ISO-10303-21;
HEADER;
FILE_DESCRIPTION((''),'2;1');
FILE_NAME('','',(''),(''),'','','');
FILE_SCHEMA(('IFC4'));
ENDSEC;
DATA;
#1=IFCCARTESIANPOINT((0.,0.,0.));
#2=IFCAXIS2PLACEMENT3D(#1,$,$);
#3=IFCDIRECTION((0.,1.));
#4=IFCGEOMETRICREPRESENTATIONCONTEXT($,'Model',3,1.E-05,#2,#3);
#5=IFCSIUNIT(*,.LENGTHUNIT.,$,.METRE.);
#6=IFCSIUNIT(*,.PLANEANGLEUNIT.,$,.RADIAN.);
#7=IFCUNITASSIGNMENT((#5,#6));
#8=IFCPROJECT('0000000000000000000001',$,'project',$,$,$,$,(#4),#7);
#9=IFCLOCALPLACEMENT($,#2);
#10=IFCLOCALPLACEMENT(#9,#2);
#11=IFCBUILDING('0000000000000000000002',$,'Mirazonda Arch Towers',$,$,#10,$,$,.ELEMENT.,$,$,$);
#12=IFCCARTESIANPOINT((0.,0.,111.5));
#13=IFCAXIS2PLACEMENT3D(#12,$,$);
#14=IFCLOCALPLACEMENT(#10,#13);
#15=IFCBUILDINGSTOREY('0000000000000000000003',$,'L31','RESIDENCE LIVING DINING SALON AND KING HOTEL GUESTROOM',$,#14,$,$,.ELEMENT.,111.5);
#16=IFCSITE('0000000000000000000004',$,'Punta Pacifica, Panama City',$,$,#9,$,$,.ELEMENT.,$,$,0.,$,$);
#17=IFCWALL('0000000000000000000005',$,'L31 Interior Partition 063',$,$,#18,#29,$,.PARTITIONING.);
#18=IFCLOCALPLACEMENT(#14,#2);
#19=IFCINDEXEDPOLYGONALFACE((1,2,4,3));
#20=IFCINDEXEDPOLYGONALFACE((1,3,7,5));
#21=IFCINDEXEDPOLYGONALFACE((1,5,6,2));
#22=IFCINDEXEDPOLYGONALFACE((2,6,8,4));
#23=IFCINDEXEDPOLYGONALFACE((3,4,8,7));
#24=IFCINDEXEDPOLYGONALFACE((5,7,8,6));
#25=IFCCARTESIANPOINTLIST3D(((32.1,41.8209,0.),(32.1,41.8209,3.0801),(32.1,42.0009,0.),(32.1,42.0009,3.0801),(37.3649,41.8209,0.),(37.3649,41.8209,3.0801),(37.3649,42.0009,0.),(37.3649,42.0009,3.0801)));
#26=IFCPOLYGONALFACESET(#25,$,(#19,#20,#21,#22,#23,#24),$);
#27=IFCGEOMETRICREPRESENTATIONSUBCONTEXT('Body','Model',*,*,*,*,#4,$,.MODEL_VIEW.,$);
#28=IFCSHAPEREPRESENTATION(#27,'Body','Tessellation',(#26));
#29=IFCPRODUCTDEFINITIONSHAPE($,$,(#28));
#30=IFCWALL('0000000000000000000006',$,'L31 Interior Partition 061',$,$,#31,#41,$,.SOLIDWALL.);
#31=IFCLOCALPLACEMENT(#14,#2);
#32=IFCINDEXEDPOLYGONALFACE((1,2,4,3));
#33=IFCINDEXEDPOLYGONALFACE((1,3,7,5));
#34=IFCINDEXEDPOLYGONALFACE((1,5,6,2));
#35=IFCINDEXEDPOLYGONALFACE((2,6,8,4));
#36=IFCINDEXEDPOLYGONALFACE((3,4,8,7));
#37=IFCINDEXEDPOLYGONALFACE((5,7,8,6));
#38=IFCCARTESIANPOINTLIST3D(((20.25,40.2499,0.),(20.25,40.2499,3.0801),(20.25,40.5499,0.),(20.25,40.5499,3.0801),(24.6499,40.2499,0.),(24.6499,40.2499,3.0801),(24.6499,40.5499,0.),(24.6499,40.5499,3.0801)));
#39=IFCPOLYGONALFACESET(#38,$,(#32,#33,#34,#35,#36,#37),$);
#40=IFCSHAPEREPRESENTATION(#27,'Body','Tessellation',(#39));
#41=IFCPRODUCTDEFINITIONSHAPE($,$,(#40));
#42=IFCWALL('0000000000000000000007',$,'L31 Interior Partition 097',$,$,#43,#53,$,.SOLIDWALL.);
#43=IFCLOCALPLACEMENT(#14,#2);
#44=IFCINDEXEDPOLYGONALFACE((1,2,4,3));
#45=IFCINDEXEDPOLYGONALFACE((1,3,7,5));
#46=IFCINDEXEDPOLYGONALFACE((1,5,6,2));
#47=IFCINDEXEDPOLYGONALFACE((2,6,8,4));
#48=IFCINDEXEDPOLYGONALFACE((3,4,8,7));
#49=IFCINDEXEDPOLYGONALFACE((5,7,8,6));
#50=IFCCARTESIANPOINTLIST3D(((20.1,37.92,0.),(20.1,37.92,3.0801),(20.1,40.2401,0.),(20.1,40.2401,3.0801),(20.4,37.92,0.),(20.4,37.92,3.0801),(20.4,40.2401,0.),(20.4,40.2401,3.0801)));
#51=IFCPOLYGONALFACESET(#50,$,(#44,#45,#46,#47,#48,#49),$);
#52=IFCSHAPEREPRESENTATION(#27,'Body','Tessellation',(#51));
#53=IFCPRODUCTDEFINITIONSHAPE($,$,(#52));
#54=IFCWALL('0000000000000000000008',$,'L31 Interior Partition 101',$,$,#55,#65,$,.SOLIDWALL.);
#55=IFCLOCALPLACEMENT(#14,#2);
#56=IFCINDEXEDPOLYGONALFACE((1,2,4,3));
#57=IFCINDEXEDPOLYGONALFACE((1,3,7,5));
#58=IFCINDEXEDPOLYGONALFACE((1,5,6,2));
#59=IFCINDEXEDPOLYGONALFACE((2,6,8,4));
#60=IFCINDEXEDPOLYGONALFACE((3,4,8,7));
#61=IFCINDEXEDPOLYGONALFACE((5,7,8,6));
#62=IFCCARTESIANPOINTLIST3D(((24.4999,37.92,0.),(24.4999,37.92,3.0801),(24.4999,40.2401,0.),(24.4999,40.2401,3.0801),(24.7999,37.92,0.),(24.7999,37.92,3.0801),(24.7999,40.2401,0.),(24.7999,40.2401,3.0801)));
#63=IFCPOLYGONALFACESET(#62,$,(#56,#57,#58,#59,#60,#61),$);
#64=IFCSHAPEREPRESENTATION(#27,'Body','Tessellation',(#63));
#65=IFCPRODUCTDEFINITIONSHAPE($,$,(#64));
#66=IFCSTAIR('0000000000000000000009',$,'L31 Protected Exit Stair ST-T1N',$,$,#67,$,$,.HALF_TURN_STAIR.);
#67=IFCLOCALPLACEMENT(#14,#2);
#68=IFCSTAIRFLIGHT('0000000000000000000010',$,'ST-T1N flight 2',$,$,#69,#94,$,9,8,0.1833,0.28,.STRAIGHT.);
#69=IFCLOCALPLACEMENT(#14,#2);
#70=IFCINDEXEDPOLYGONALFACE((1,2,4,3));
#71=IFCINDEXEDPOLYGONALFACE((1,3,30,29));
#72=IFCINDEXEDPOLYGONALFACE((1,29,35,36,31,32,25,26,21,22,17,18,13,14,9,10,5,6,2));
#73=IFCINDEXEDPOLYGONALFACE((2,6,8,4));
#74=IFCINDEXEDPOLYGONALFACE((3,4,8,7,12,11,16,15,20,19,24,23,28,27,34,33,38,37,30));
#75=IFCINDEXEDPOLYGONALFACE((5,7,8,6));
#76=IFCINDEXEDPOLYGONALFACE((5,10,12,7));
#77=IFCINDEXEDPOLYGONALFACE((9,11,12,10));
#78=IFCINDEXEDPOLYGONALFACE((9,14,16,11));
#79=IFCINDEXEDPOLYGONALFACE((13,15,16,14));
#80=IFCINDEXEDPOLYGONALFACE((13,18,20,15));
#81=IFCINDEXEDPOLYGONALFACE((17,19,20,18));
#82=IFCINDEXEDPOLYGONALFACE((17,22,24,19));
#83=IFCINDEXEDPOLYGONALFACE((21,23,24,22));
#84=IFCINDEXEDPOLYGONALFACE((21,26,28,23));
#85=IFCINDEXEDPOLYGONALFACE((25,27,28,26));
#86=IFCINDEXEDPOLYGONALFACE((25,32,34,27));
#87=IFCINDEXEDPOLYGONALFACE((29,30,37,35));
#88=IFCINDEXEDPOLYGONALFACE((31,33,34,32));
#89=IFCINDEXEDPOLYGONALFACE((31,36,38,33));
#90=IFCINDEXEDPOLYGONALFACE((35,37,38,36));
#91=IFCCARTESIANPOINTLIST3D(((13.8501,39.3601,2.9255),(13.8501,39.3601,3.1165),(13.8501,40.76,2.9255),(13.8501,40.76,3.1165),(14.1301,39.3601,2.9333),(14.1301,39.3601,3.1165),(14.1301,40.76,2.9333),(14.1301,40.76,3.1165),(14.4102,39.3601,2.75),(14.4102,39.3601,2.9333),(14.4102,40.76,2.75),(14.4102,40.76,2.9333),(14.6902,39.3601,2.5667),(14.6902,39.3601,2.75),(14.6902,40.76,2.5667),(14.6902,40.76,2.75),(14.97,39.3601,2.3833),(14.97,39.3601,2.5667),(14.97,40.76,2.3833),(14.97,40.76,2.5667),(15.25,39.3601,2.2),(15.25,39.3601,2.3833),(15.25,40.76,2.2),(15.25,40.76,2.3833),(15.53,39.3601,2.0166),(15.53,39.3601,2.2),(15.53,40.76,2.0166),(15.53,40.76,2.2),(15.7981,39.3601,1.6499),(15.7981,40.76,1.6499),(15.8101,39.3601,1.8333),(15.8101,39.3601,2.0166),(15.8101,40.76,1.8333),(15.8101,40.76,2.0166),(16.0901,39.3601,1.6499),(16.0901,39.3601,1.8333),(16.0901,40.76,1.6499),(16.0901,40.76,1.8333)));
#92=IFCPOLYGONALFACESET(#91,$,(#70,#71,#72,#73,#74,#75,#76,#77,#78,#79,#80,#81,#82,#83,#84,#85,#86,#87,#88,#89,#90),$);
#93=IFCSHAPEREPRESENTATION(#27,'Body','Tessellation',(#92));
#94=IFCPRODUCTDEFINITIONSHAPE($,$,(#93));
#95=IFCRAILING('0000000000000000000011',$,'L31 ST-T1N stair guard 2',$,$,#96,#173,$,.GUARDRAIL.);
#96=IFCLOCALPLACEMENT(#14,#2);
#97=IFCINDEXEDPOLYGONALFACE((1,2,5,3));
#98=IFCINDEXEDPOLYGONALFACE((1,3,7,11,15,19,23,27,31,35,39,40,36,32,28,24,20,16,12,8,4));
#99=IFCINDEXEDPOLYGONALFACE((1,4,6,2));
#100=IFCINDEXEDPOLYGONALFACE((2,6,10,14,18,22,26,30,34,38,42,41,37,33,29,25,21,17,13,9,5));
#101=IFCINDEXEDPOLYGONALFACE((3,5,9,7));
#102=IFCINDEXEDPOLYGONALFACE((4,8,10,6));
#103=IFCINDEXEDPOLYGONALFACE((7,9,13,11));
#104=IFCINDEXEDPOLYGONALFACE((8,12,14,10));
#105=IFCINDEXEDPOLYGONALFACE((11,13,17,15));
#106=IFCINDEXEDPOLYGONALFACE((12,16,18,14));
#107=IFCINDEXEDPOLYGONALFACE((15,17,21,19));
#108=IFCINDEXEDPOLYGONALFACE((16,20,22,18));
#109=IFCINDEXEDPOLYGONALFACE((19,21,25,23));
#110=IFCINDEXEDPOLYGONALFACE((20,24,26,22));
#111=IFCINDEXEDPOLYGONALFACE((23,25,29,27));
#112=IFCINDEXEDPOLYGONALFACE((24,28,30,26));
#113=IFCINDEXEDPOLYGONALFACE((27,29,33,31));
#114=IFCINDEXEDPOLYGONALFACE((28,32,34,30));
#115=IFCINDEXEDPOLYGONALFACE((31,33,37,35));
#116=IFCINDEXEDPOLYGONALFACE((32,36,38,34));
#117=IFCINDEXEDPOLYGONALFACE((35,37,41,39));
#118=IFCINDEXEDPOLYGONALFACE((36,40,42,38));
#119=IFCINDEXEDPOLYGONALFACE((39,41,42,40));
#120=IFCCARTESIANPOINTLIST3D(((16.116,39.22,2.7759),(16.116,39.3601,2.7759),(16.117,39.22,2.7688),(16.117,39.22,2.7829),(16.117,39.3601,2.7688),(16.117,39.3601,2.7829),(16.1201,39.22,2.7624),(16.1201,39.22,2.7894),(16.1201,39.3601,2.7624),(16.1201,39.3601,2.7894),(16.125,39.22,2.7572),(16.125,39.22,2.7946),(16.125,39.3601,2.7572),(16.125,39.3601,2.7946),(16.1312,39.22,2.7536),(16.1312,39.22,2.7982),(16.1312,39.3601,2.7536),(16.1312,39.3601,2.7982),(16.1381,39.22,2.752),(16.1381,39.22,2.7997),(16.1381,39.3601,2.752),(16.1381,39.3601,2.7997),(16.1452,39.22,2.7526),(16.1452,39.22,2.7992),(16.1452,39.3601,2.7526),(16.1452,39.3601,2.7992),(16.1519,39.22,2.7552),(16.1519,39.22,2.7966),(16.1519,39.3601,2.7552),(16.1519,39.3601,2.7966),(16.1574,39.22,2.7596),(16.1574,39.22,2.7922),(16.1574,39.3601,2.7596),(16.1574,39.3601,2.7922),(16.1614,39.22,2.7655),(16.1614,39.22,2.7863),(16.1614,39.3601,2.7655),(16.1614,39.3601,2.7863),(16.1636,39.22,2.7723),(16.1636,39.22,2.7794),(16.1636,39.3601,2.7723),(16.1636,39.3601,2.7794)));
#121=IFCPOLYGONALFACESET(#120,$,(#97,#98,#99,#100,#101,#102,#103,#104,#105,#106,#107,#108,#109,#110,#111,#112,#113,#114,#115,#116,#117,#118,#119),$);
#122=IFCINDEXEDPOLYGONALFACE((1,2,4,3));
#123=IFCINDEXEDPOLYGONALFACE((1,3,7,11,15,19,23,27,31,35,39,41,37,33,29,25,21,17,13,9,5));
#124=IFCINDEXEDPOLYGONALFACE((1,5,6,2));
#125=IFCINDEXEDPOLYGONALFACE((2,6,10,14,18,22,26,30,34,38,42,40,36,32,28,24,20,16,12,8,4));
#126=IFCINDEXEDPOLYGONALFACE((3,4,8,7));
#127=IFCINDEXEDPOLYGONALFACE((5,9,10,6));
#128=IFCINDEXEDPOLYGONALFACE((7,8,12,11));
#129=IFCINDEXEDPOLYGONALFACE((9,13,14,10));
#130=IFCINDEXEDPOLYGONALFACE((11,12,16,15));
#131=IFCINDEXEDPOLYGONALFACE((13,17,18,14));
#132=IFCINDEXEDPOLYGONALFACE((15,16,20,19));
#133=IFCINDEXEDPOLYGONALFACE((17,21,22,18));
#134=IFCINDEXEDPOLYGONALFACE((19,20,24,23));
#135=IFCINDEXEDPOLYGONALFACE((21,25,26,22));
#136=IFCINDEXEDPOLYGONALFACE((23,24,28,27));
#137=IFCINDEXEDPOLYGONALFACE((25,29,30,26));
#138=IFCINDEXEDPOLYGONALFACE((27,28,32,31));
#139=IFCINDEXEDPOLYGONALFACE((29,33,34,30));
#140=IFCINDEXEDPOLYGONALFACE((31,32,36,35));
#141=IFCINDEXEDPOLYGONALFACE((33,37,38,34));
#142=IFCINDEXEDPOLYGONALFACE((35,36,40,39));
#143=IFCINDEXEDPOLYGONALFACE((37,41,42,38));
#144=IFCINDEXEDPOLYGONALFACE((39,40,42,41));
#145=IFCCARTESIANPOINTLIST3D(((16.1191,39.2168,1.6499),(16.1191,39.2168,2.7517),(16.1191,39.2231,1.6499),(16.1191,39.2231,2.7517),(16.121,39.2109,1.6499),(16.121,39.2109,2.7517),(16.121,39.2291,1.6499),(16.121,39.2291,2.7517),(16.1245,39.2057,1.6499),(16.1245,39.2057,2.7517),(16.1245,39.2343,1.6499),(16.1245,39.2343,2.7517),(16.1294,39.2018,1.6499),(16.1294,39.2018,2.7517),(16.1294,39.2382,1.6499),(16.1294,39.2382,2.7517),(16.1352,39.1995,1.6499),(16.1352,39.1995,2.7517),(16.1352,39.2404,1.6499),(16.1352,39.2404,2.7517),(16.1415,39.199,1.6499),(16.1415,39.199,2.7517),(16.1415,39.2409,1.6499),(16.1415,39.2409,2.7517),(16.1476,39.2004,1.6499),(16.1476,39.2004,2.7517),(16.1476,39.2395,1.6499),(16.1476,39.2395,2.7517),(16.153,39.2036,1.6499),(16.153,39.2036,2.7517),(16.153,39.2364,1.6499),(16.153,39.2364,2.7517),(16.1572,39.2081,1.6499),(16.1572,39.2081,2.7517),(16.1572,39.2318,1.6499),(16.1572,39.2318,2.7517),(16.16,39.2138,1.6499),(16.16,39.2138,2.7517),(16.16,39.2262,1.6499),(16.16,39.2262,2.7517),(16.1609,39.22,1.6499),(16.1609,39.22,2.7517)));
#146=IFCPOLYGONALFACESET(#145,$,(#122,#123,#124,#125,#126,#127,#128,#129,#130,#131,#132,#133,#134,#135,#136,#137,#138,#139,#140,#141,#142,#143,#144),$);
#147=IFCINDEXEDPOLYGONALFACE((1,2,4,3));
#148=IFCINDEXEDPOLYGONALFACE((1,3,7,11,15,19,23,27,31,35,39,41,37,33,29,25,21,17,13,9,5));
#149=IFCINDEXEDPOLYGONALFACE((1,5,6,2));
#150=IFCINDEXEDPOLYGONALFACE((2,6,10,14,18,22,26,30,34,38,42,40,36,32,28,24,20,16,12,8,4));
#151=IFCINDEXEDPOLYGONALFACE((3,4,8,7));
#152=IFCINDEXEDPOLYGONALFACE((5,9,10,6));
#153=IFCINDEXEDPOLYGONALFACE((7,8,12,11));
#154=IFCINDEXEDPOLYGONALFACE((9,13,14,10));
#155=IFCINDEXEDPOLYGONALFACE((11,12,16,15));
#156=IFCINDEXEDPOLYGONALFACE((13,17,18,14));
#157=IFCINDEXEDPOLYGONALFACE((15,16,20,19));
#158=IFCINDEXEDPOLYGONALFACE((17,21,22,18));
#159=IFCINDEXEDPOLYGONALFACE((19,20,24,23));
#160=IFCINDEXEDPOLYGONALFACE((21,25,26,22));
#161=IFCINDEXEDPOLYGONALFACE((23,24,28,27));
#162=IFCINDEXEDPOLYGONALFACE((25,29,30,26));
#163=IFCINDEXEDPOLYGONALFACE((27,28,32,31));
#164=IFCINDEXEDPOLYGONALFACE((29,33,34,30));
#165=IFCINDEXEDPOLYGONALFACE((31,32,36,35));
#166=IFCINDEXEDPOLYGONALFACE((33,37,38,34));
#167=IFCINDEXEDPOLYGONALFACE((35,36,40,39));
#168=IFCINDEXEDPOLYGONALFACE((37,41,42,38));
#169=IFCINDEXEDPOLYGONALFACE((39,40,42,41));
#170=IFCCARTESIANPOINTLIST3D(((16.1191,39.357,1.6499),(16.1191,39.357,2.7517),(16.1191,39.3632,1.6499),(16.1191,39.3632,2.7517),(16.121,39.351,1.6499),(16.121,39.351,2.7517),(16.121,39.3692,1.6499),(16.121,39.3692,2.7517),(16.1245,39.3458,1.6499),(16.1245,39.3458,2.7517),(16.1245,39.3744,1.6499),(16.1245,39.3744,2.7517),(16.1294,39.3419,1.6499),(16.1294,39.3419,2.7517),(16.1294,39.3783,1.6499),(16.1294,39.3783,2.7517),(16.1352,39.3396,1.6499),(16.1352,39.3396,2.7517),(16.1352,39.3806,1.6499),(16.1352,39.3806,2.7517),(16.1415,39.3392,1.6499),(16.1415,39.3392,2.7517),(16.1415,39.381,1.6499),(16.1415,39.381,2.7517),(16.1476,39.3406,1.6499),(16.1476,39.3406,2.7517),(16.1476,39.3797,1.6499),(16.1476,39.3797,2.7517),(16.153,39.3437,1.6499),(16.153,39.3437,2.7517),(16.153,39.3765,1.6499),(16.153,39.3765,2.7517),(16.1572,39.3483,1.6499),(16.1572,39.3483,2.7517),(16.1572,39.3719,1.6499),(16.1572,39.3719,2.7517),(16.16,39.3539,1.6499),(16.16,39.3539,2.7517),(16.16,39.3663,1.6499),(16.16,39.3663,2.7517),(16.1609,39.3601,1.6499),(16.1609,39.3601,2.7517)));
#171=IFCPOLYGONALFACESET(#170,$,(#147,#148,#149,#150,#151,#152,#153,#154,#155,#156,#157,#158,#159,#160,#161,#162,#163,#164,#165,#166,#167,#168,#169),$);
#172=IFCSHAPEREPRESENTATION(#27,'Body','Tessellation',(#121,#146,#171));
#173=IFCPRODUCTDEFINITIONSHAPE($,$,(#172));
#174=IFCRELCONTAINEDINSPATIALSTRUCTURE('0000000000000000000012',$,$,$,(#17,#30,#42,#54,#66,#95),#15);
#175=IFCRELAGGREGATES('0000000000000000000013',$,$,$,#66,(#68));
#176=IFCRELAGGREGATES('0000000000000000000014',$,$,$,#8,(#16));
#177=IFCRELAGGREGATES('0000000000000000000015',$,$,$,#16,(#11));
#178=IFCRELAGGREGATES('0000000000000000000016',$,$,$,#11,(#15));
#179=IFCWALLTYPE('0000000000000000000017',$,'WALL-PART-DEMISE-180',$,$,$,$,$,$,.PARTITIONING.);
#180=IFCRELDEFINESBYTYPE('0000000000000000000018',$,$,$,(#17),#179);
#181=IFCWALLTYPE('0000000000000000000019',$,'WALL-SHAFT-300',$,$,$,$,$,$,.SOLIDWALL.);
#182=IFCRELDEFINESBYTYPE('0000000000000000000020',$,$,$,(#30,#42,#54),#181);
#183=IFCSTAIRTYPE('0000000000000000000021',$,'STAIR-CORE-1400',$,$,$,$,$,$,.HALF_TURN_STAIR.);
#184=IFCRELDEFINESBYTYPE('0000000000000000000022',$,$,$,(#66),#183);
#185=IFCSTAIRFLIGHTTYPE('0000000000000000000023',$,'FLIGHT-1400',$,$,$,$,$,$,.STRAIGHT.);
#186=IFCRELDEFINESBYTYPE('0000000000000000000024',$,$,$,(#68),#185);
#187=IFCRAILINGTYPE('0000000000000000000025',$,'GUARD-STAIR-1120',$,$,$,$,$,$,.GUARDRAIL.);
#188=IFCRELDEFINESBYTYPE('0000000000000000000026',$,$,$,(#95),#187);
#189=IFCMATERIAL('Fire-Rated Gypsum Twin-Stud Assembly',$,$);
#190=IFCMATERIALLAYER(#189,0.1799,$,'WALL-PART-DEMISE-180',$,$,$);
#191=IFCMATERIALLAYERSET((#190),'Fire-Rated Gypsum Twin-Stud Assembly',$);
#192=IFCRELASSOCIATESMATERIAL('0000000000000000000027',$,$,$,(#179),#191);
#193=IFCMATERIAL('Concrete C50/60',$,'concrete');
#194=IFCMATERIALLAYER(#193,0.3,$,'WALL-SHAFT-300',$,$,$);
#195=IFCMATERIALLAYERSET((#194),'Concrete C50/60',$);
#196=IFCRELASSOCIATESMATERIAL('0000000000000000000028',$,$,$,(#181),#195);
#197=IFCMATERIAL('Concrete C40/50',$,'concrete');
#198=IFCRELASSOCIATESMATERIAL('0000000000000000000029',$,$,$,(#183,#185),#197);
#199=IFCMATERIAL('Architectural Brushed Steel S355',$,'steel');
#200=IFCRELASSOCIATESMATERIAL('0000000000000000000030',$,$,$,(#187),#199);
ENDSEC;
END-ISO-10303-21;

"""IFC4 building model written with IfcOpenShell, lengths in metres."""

from ifc_helpers import new_model, si_unit, direction, frame, frame_2d, origin, origin_2d, place, context, subcontext, project, spatial, polyline, rectangle, circle, outline, extrude, material, layer, layer_set, type_object, element, aggregate, save


model = new_model("IFC4")

# Units and contexts
model_context = context("Model", 3, precision=1e-05, world=origin(), true_north=direction((0.0, 1.0)))
body_context = subcontext(model_context, "Body", "Model", "MODEL_VIEW")
ifc_project = project(units=[si_unit("LENGTHUNIT", "METRE"), si_unit("PLANEANGLEUNIT", "RADIAN")], contexts=[model_context])

# Site, building, storey
site_placement = place(None, origin())
site = spatial("IfcSite", under=ifc_project, at=site_placement, Name="Punta Pacifica, Panama City", CompositionType="ELEMENT", RefElevation=0.0)
building_placement = place(site_placement, origin())
building = spatial("IfcBuilding", under=site, at=building_placement, Name="Mirazonda Arch Towers", CompositionType="ELEMENT")
storey_placement = place(building_placement, frame((0.0, 0.0, 111.5)))
storey = spatial("IfcBuildingStorey", under=building, at=storey_placement, Name="L31", Description="RESIDENCE LIVING DINING SALON AND KING HOTEL GUESTROOM", CompositionType="ELEMENT", Elevation=111.5)

# Shared definitions
ifc_material_1 = material(Name="Concrete C50/60", Category="concrete")

# Shared definitions
ifc_material_2 = material(Name="Concrete C40/50", Category="concrete")

# Shared definitions
ifc_material_3 = material(Name="Architectural Brushed Steel S355", Category="steel")

# Wall
ifc_material_4 = material(Name="Fire-Rated Gypsum Twin-Stud Assembly")
ifc_layer_1 = layer(ifc_material_4, 0.1799, Name="WALL-PART-DEMISE-180")
ifc_layer_set_1 = layer_set([ifc_layer_1], Name="Fire-Rated Gypsum Twin-Stud Assembly")
wall_type_1 = type_object("IfcWallType", Name="WALL-PART-DEMISE-180", PredefinedType="PARTITIONING", material=ifc_layer_set_1)
wall_1_placement = place(storey_placement, frame((32.1001, 41.9109, 0.0), z_axis=(0.0, 0.0, 1.0), x_axis=(1.0, 0.0, 0.0)))
element("IfcWall", 1, at=wall_1_placement, inside=storey, type_object=wall_type_1, Name="L31 Interior Partition 063", PredefinedType="PARTITIONING", context=body_context, shape_type="SweptSolid", body=[
    extrude(rectangle(XDim=5.2649, YDim=0.1799, at=frame_2d((2.6323, 0.0))), origin(), (0.0, 0.0, 1.0), 3.0801),
])

# Walls
ifc_layer_2 = layer(ifc_material_1, 0.3, Name="WALL-SHAFT-300")
ifc_layer_set_2 = layer_set([ifc_layer_2], Name="Concrete C50/60")
wall_type_2 = type_object("IfcWallType", Name="WALL-SHAFT-300", PredefinedType="SOLIDWALL", material=ifc_layer_set_2)
wall_2_placement = place(storey_placement, frame((20.25, 40.3999, 0.0), z_axis=(0.0, 0.0, 1.0), x_axis=(1.0, 0.0, 0.0)))
element("IfcWall", 2, at=wall_2_placement, inside=storey, type_object=wall_type_2, Name="L31 Interior Partition 061", PredefinedType="SOLIDWALL", context=body_context, shape_type="SweptSolid", body=[
    extrude(rectangle(XDim=4.3999, YDim=0.3, at=frame_2d((2.2, 0.0))), origin(), (0.0, 0.0, 1.0), 3.0801),
])
for number, where, z_axis, x_axis, name in (
    (3, (20.25, 37.9199, 0.0), (0.0, 0.0, 1.0), (0.0, 1.0, 0.0), "L31 Interior Partition 097"),
    (4, (24.6499, 37.9199, 0.0), (0.0, 0.0, 1.0), (0.0, 1.0, 0.0), "L31 Interior Partition 101"),
):
    element("IfcWall", number, at=place(storey_placement, frame(where, z_axis=z_axis, x_axis=x_axis)), inside=storey, type_object=wall_type_2, Name=name, PredefinedType="SOLIDWALL", context=body_context, shape_type="SweptSolid", body=[
        extrude(rectangle(XDim=2.3201, YDim=0.3, at=frame_2d((1.1602, 0.0))), origin(), (0.0, 0.0, 1.0), 3.0801),
    ])

# Stair, stair flight
stair_type = type_object("IfcStairType", Name="STAIR-CORE-1400", PredefinedType="HALF_TURN_STAIR", material=ifc_material_2)
stair_placement = place(storey_placement, origin())
stair = element("IfcStair", 5, at=stair_placement, inside=storey, type_object=stair_type, Name="L31 Protected Exit Stair ST-T1N", PredefinedType="HALF_TURN_STAIR")
stair_flight_type = type_object("IfcStairFlightType", Name="FLIGHT-1400", PredefinedType="STRAIGHT", material=ifc_material_2)
stair_flight_placement = place(storey_placement, frame((16.0901, 40.0601, 1.6499), z_axis=(0.0, 0.0, 1.0), x_axis=(-1.0, 0.0, 0.0)))
stair_flight = element("IfcStairFlight", 6, at=stair_flight_placement, type_object=stair_flight_type, Name="ST-T1N flight 2", NumberOfRisers=9, NumberOfTreads=8, PredefinedType="STRAIGHT", RiserHeight=0.1833, TreadLength=0.28, context=body_context, shape_type="SweptSolid", body=[
    extrude(outline(polyline([(0.0, 0.0), (0.0, 0.1833), (0.28, 0.1833), (0.28, 0.3667), (0.5601, 0.3667), (0.5601, 0.55), (0.8401, 0.55), (0.8401, 0.7334), (1.1201, 0.7334), (1.1201, 0.9167), (1.3999, 0.9167), (1.3999, 1.1001), (1.6799, 1.1001), (1.6799, 1.2834), (1.96, 1.2834), (1.96, 1.4666), (2.24, 1.4666), (2.24, 1.6499), (2.24, 1.2756), (0.292, 0.0), (0.0, 0.0)])), frame((0.0, 0.7, 0.0), z_axis=(0.0, -1.0, 0.0), x_axis=(1.0, 0.0, 0.0)), (0.0, 0.0, 1.0), 1.3999),
])
aggregate(stair, [stair_flight])

# Railing
railing_type_1 = type_object("IfcRailingType", Name="GUARD-STAIR-1120", PredefinedType="GUARDRAIL", material=ifc_material_3)
railing_1_placement = place(storey_placement, frame((16.1399, 39.22, 1.6499)))
element("IfcRailing", 7, at=railing_1_placement, inside=storey, type_object=railing_type_1, Name="L31 ST-T1N stair guard 2", PredefinedType="GUARDRAIL", context=body_context, shape_type="SweptSolid", body=[
    extrude(circle(Radius=0.0239, at=origin_2d()), frame((0.0, 0.0, 1.126), z_axis=(0.0, 1.0, 0.0), x_axis=(-1.0, 0.0, 0.0)), (0.0, 0.0, 1.0), 0.1401),
    extrude(circle(Radius=0.021, at=origin_2d()), origin(), (0.0, 0.0, 1.0), 1.1018),
    extrude(circle(Radius=0.021, at=origin_2d()), frame((0.0, 0.1401, 0.0)), (0.0, 0.0, 1.0), 1.1018),
])

save(model, "model.ifc")
